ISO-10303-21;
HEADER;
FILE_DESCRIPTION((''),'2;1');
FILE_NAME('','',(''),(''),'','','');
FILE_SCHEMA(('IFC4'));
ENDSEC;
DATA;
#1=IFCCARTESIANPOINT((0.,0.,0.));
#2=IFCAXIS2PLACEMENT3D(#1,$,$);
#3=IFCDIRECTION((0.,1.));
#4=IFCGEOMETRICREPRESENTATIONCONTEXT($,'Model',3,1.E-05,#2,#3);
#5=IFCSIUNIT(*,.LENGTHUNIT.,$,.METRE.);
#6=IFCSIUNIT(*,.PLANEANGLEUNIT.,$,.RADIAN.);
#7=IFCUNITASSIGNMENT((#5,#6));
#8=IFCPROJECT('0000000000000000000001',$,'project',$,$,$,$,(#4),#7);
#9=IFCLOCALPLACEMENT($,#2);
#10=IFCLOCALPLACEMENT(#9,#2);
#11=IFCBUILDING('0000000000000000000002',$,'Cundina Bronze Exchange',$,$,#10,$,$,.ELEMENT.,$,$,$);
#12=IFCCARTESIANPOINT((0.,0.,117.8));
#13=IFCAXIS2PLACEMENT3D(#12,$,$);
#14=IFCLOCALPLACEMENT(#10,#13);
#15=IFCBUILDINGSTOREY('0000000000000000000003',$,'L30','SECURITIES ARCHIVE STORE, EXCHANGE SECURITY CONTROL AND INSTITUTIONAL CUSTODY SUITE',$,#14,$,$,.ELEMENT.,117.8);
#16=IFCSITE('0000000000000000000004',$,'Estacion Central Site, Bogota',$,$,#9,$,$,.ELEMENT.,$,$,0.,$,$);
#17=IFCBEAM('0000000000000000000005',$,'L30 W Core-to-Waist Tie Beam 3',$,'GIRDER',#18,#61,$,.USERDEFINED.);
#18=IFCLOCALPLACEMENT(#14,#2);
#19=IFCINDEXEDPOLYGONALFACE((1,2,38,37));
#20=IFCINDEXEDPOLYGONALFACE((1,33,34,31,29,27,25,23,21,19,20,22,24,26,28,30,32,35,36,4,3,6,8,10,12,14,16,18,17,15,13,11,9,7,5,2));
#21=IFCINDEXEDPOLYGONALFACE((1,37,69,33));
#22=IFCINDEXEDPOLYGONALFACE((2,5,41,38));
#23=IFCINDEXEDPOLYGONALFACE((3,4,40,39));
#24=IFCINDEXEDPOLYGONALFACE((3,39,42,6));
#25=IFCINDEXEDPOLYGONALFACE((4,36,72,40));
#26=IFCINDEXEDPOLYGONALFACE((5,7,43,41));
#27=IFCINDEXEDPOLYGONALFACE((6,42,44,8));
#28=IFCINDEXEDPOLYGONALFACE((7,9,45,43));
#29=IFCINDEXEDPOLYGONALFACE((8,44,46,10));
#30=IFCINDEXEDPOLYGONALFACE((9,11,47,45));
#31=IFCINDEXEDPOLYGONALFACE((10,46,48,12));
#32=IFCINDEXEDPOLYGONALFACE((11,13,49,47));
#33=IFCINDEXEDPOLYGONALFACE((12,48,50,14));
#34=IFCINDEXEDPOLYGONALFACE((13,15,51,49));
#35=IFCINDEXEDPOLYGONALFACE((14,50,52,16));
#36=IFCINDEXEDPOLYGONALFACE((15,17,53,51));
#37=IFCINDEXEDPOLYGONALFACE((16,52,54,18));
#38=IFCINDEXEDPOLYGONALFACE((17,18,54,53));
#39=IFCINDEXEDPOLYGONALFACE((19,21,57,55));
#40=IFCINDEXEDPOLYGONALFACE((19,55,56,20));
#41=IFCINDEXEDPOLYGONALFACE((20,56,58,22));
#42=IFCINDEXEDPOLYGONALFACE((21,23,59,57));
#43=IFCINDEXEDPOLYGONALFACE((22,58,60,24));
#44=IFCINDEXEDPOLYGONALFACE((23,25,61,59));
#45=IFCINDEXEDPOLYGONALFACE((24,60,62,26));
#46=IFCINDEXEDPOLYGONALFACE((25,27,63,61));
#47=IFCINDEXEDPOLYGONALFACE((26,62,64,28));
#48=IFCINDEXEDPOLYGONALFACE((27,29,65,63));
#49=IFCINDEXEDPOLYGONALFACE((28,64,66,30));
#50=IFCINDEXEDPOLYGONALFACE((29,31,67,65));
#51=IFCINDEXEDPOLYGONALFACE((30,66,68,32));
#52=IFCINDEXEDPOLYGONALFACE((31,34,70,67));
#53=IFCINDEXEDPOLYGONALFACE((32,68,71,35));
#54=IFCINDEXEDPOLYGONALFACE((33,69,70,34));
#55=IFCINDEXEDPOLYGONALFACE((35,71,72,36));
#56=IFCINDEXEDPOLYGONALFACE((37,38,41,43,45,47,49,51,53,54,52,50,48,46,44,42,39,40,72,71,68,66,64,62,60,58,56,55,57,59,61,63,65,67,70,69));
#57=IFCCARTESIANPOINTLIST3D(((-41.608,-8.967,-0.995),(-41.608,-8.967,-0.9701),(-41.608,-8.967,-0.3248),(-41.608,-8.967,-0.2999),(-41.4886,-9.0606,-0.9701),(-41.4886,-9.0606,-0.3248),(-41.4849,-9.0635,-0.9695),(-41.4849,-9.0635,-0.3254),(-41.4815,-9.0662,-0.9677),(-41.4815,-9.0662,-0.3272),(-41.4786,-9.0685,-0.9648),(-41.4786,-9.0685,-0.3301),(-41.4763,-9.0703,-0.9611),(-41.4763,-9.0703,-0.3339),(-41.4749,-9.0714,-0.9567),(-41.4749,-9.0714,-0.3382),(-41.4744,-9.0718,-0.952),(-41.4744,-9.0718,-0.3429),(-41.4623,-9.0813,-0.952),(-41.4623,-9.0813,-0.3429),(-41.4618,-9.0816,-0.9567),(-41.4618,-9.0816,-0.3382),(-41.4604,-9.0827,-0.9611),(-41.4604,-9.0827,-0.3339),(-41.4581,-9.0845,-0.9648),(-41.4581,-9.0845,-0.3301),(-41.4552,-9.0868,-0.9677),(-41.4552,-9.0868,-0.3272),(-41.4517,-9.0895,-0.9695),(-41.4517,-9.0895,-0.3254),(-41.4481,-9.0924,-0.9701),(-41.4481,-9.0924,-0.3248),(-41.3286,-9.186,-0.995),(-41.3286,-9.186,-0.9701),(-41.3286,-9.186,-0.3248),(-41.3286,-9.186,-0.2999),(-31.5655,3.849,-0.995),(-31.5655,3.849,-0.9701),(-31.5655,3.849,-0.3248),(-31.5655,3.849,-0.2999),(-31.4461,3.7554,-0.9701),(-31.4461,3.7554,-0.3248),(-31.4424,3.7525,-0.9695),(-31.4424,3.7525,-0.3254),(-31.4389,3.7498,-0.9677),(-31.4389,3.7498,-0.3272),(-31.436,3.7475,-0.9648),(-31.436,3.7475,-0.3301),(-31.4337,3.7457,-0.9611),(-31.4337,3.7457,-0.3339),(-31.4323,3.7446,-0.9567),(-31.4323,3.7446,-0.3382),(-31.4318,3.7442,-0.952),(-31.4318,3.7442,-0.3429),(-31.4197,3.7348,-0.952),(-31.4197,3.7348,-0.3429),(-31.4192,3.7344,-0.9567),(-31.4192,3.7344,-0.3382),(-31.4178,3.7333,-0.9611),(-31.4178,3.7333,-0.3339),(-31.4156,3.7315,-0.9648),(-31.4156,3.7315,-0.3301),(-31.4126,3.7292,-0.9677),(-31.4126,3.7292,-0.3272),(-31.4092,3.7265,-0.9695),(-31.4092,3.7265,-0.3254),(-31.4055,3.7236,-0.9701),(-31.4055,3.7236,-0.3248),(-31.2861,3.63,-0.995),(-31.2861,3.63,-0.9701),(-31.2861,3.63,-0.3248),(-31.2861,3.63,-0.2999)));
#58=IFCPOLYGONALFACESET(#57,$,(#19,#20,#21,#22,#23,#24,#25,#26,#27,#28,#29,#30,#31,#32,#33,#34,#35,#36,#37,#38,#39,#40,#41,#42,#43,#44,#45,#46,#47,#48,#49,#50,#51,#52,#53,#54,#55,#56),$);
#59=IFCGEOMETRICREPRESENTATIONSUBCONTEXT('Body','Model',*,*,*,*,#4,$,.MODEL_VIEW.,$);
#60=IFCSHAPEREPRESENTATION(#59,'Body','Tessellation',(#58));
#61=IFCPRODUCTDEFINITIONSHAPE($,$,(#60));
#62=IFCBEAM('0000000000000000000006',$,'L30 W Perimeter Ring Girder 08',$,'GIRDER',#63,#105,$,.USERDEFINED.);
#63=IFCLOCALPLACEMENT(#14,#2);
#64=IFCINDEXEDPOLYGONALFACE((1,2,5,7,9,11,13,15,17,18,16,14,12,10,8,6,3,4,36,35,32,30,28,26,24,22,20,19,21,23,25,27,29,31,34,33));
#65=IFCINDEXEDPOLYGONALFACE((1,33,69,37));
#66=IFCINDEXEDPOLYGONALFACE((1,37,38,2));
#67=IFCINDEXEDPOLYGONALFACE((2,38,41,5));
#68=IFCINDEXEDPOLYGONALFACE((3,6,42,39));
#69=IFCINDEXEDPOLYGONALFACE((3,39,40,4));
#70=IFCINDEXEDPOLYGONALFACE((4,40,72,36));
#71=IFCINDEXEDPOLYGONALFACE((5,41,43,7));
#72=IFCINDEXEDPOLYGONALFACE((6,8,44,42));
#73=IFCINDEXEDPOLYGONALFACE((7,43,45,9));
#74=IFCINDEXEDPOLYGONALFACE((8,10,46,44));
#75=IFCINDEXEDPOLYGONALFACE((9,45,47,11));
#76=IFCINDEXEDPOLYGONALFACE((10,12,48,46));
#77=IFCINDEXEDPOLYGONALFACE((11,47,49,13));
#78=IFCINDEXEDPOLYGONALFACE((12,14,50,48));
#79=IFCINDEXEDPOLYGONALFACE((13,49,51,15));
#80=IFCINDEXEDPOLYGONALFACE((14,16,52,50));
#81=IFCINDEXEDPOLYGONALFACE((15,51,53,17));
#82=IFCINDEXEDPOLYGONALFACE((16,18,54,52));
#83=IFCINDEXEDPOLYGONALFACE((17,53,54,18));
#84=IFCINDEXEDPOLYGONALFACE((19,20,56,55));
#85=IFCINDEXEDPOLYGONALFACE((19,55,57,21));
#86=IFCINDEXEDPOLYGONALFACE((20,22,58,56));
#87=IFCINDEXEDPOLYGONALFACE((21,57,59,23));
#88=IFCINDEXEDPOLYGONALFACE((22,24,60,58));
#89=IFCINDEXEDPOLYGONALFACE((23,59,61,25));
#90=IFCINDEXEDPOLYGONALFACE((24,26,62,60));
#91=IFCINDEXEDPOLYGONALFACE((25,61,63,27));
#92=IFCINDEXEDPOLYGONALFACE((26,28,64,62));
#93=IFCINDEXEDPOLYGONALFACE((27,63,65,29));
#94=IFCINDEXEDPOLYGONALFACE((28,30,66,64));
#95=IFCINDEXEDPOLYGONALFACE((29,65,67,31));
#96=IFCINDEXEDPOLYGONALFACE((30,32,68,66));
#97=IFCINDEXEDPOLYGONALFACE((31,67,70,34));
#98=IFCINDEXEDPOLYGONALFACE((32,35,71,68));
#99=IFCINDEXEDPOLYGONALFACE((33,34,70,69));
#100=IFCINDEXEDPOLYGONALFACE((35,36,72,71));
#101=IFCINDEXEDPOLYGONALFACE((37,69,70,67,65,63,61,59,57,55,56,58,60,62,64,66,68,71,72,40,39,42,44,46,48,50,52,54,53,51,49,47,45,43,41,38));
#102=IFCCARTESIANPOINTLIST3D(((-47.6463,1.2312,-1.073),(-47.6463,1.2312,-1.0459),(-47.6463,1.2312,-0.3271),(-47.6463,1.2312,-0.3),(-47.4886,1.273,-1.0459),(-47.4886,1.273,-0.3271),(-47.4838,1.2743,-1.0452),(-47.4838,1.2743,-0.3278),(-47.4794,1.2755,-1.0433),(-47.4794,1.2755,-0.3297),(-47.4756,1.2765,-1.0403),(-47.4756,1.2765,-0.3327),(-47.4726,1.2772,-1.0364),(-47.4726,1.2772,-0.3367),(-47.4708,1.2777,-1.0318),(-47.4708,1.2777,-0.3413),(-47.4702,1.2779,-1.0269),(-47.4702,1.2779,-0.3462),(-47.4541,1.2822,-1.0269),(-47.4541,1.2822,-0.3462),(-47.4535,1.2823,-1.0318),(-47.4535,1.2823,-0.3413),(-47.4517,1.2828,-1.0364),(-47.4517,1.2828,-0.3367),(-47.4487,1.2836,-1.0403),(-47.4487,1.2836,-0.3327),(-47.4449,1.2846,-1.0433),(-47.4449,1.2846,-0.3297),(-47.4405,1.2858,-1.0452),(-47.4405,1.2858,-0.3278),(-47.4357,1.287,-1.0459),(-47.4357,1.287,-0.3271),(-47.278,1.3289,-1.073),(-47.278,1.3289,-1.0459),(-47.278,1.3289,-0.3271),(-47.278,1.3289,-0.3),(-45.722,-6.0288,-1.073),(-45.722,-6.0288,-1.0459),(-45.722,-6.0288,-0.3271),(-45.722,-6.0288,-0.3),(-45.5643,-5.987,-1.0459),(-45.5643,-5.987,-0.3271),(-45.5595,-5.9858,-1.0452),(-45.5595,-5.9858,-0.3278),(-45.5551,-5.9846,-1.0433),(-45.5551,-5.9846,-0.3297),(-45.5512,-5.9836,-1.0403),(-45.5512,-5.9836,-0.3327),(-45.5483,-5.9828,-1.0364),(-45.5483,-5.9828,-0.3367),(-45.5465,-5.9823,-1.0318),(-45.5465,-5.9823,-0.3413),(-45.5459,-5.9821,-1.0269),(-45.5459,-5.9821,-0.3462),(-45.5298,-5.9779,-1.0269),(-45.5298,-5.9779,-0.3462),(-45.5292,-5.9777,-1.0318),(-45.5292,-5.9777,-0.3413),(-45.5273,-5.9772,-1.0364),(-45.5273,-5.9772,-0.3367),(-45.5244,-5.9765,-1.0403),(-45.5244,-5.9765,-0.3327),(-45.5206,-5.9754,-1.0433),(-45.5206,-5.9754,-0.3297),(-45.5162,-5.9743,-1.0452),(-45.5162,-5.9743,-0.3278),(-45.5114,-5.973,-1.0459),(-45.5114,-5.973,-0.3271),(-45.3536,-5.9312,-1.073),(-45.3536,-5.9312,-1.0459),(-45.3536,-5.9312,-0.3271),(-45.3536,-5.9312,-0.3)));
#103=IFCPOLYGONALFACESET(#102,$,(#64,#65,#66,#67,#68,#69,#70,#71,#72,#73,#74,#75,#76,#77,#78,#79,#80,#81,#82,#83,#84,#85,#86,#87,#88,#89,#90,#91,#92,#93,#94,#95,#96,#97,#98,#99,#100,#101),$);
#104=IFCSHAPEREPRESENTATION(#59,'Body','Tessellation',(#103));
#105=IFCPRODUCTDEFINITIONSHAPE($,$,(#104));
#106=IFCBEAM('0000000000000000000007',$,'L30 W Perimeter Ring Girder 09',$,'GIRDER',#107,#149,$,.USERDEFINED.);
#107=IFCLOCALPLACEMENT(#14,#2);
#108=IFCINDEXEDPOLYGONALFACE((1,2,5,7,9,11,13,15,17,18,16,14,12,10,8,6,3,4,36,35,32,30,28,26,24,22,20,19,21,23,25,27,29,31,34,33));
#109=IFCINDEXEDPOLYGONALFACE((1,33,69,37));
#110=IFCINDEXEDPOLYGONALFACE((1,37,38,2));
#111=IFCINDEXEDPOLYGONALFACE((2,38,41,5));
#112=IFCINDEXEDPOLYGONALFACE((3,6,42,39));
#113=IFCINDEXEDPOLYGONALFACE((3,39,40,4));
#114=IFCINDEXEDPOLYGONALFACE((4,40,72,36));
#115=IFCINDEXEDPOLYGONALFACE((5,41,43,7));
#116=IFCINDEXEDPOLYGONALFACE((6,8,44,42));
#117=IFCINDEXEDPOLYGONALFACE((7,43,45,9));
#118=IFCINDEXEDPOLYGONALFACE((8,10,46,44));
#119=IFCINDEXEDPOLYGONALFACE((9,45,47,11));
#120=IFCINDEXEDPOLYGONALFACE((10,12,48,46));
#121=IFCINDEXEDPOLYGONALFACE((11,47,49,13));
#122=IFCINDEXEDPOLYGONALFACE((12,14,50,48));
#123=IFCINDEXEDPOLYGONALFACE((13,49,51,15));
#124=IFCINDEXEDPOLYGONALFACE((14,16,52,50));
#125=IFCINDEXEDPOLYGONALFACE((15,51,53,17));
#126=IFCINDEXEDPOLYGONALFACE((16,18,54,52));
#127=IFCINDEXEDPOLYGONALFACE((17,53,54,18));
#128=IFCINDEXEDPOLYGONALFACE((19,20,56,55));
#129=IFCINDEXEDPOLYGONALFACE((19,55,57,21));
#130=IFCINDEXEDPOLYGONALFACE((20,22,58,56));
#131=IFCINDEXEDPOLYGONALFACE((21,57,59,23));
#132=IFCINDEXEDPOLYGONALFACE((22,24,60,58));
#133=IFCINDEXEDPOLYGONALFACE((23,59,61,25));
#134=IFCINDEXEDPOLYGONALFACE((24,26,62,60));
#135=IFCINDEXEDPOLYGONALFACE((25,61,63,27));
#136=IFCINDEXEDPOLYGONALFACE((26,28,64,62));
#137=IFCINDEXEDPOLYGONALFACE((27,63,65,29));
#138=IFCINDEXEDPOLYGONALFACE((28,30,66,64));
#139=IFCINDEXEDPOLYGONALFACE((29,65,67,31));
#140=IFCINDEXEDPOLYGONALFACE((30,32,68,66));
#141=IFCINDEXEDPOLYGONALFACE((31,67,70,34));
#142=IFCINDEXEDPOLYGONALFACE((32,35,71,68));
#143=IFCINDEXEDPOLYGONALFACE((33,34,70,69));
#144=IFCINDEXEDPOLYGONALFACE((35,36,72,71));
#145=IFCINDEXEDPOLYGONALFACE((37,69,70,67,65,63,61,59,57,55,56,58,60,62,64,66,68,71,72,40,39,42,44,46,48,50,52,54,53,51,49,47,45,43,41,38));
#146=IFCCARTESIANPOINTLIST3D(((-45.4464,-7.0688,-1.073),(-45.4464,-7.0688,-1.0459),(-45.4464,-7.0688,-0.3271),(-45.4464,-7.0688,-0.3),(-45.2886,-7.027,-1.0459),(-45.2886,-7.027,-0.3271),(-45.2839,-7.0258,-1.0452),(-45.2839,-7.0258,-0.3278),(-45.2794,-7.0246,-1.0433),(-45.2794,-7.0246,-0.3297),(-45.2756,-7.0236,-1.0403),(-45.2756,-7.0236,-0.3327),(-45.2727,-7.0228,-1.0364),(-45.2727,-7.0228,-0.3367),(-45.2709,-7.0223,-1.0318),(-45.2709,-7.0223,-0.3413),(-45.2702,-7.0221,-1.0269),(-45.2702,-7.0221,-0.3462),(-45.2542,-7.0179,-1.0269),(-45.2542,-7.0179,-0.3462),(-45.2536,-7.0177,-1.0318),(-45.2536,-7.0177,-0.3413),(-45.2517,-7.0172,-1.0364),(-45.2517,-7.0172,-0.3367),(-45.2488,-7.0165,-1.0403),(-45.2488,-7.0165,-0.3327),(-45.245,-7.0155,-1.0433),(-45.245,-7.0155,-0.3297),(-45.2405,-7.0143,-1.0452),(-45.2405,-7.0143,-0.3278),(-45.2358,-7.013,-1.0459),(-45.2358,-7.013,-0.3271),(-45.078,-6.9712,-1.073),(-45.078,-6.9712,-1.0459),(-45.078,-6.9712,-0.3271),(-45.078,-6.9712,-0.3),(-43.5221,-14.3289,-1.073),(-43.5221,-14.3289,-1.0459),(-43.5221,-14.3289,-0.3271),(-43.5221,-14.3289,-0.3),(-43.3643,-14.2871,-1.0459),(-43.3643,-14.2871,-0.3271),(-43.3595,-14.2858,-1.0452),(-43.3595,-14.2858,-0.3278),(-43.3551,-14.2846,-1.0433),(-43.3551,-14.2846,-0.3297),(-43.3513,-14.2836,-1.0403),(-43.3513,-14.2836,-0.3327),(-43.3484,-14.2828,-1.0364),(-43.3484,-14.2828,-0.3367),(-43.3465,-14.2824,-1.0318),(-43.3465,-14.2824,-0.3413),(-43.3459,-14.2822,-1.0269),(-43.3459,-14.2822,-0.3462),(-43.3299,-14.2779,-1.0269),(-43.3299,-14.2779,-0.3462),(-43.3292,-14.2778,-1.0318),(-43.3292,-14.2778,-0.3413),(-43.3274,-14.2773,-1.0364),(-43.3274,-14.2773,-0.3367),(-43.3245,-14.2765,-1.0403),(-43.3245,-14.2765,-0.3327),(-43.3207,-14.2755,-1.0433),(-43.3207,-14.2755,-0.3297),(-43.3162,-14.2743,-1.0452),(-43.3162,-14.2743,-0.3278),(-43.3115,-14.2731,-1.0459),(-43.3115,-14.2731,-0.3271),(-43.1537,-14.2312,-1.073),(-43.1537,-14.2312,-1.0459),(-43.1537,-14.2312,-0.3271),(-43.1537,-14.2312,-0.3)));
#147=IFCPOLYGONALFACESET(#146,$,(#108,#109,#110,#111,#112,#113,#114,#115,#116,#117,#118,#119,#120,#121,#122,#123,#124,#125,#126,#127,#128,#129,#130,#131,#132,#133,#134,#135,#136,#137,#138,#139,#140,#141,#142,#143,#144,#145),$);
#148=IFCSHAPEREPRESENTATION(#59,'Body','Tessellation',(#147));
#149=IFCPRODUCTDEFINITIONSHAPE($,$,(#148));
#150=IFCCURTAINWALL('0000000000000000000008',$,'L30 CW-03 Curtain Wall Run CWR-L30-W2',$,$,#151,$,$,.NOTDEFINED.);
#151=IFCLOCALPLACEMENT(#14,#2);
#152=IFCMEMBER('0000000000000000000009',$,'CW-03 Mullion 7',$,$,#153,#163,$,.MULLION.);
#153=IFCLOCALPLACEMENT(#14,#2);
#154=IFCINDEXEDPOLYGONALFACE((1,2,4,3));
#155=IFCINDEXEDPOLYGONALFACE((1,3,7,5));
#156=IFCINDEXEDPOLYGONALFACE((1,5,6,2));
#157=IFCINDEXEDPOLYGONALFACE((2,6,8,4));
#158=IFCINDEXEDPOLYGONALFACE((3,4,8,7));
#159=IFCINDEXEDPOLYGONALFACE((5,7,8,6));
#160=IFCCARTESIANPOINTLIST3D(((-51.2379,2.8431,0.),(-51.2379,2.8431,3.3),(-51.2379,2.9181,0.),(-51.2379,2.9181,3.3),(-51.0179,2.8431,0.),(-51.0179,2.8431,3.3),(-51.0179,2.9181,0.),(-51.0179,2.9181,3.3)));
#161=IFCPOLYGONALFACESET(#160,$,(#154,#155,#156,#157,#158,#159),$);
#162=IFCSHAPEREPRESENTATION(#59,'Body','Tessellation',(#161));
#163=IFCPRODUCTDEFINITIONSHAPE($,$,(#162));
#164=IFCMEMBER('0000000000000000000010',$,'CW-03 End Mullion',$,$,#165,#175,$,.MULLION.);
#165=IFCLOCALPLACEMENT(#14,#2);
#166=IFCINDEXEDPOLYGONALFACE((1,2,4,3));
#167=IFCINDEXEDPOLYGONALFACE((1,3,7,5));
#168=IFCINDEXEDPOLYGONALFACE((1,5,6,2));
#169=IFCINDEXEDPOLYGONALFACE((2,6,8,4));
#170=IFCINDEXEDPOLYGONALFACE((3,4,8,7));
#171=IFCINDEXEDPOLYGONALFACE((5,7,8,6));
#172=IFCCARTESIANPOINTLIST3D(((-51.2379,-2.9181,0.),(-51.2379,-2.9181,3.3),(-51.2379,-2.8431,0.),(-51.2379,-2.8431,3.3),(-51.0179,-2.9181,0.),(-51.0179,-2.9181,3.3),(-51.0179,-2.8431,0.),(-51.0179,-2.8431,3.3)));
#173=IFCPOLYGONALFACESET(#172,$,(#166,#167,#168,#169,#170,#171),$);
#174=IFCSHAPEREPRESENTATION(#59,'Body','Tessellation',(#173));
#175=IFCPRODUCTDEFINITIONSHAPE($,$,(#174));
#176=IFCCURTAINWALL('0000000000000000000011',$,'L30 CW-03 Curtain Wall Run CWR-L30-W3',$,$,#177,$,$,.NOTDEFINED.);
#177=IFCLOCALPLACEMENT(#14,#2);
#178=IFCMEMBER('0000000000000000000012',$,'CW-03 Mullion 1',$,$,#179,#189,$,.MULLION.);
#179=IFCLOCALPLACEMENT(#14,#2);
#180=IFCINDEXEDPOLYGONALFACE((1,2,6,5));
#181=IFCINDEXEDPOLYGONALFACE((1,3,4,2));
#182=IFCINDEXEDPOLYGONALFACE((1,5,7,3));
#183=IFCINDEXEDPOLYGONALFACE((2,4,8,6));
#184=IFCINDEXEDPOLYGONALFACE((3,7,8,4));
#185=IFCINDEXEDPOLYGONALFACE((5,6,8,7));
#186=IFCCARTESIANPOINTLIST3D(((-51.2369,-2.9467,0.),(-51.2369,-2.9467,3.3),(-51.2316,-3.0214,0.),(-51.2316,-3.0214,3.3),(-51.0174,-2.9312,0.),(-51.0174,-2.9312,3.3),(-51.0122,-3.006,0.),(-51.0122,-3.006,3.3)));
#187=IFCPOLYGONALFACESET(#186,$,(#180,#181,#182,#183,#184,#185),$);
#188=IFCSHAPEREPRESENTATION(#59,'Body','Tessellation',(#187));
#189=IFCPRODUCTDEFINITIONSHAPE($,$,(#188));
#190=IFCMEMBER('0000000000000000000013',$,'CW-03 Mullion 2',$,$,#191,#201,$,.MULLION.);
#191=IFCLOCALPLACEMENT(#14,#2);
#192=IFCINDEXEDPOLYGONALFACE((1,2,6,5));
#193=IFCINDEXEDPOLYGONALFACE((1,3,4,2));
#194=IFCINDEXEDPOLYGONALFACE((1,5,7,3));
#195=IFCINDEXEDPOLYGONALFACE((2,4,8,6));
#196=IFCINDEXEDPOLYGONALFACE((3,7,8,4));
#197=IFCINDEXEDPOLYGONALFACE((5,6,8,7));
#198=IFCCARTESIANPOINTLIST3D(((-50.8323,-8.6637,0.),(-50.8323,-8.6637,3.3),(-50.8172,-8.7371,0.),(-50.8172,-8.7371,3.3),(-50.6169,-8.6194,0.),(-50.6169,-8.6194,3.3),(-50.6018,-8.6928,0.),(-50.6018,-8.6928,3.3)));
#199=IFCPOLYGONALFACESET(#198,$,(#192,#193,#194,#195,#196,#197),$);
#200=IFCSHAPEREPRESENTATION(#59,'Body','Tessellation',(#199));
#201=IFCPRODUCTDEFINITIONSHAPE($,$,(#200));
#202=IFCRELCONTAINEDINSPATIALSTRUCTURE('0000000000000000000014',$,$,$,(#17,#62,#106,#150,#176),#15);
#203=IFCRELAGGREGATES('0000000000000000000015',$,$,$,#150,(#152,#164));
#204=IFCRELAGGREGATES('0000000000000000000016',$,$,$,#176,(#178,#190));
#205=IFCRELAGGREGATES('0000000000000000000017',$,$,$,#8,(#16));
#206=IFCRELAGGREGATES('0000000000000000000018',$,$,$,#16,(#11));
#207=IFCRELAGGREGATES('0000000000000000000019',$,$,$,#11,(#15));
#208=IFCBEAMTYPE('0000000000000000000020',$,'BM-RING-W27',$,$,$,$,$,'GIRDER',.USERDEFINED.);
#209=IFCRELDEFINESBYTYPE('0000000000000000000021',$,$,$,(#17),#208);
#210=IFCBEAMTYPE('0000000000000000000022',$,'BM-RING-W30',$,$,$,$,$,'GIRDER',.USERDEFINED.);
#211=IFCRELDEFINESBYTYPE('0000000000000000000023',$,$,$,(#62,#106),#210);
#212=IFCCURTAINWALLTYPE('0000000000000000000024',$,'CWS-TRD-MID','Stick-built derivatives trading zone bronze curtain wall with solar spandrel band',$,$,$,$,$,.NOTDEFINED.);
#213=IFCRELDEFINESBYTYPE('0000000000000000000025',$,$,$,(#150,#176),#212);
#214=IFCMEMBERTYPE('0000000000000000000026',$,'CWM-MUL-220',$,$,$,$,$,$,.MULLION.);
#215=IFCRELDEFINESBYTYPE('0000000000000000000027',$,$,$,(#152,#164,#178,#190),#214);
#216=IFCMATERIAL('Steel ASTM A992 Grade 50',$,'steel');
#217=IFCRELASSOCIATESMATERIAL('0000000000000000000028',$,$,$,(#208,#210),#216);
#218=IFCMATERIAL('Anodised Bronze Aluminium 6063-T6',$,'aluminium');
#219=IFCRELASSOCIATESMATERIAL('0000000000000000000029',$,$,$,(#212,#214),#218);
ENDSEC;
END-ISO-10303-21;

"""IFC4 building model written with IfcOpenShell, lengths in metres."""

from ifc_helpers import new_model, si_unit, direction, frame, origin, origin_2d, place, context, subcontext, project, spatial, rectangle, i_section, extrude, material, material_profile, profile_set, type_object, element, aggregate, save


model = new_model("IFC4")

# Units and contexts
model_context = context("Model", 3, precision=1e-05, world=origin(), true_north=direction((0.0, 1.0)))
body_context = subcontext(model_context, "Body", "Model", "MODEL_VIEW")
ifc_project = project(units=[si_unit("LENGTHUNIT", "METRE"), si_unit("PLANEANGLEUNIT", "RADIAN")], contexts=[model_context])

# Site, building, storey
site_placement = place(None, origin())
site = spatial("IfcSite", under=ifc_project, at=site_placement, Name="Estacion Central Site, Bogota", CompositionType="ELEMENT", RefElevation=0.0)
building_placement = place(site_placement, origin())
building = spatial("IfcBuilding", under=site, at=building_placement, Name="Cundina Bronze Exchange", CompositionType="ELEMENT")
storey_placement = place(building_placement, frame((0.0, 0.0, 117.8)))
storey = spatial("IfcBuildingStorey", under=building, at=storey_placement, Name="L30", Description="SECURITIES ARCHIVE STORE, EXCHANGE SECURITY CONTROL AND INSTITUTIONAL CUSTODY SUITE", CompositionType="ELEMENT", Elevation=117.8)

# Shared definitions
ifc_material_1 = material(Name="Steel ASTM A992 Grade 50", Category="steel")

# Beams
ifc_material_profile_1 = material_profile(ifc_material_1, i_section(OverallWidth=0.355, OverallDepth=0.6951, WebThickness=0.0154, FlangeThickness=0.0249, FilletRadius=0.0181, at=origin_2d()), Name="W27X146", Category="steel")
ifc_profile_set_1 = profile_set([ifc_material_profile_1], Name="Steel ASTM A992 Grade 50")
beam_type_1 = type_object("IfcBeamType", Name="BM-RING-W27", ElementType="GIRDER", PredefinedType="USERDEFINED", material=ifc_profile_set_1)
beam_1_placement = place(storey_placement, frame((-31.4258, 3.7395, -0.6475), z_axis=(-0.616789, -0.787128, 0.0), x_axis=(0.787128, -0.616789, 0.0)))
element("IfcBeam", 1, at=beam_1_placement, inside=storey, type_object=beam_type_1, Name="L30 W Core-to-Waist Tie Beam 3", ObjectType="GIRDER", PredefinedType="USERDEFINED", context=body_context, shape_type="SweptSolid", body=[
    extrude(i_section(OverallWidth=0.355, OverallDepth=0.6951, WebThickness=0.0154, FlangeThickness=0.0249, FilletRadius=0.0181, at=origin_2d()), origin(), (0.0, 0.0, 1.0), 16.282),
])
ifc_material_profile_2 = material_profile(ifc_material_1, i_section(OverallWidth=0.3811, OverallDepth=0.7729, WebThickness=0.0166, FlangeThickness=0.0271, FilletRadius=0.019, at=origin_2d()), Name="W30X173", Category="steel")
ifc_profile_set_2 = profile_set([ifc_material_profile_2], Name="Steel ASTM A992 Grade 50")
beam_type_2 = type_object("IfcBeamType", Name="BM-RING-W30", ElementType="GIRDER", PredefinedType="USERDEFINED", material=ifc_profile_set_2)
for number, where, z_axis, x_axis, name in (
    (2, (-47.4622, 1.28, -0.6865), (0.25621, -0.966621, 0.0), (0.966621, 0.25621, 0.0), "L30 W Perimeter Ring Girder 08"),
    (3, (-45.2622, -7.02, -0.6865), (0.25621, -0.966621, 0.0), (0.966621, 0.25621, 0.0), "L30 W Perimeter Ring Girder 09"),
):
    element("IfcBeam", number, at=place(storey_placement, frame(where, z_axis=z_axis, x_axis=x_axis)), inside=storey, type_object=beam_type_2, Name=name, ObjectType="GIRDER", PredefinedType="USERDEFINED", context=body_context, shape_type="SweptSolid", body=[
        extrude(i_section(OverallWidth=0.3811, OverallDepth=0.7729, WebThickness=0.0166, FlangeThickness=0.0271, FilletRadius=0.019, at=origin_2d()), origin(), (0.0, 0.0, 1.0), 7.5107),
    ])

# Curtain walls, members
ifc_material_2 = material(Name="Anodised Bronze Aluminium 6063-T6", Category="aluminium")
curtain_wall_type = type_object("IfcCurtainWallType", Name="CWS-TRD-MID", Description="Stick-built derivatives trading zone bronze curtain wall with solar spandrel band", PredefinedType="NOTDEFINED", material=ifc_material_2)
curtain_wall_1_placement = place(storey_placement, origin())
curtain_wall_1 = element("IfcCurtainWall", 4, at=curtain_wall_1_placement, inside=storey, type_object=curtain_wall_type, Name="L30 CW-03 Curtain Wall Run CWR-L30-W2", PredefinedType="NOTDEFINED")
ifc_material_profile_3 = material_profile(ifc_material_2, rectangle(XDim=0.075, YDim=0.22, at=origin_2d()), Name="AL75X220", Category="aluminium")
ifc_profile_set_3 = profile_set([ifc_material_profile_3], Name="Anodised Bronze Aluminium 6063-T6")
member_type_1 = type_object("IfcMemberType", Name="CWM-MUL-220", PredefinedType="MULLION", material=ifc_profile_set_3)
member_1_placement = place(storey_placement, frame((-51.1279, 2.8806, 0.0), z_axis=(0.0, 0.0, 1.0), x_axis=(0.0, -1.0, 0.0)))
member_1 = element("IfcMember", 5, at=member_1_placement, type_object=member_type_1, Name="CW-03 Mullion 7", PredefinedType="MULLION", context=body_context, shape_type="SweptSolid", body=[
    extrude(rectangle(XDim=0.075, YDim=0.22, at=origin_2d()), origin(), (0.0, 0.0, 1.0), 3.3),
])
member_2_placement = place(storey_placement, frame((-51.1279, -2.8806, 0.0), z_axis=(0.0, 0.0, 1.0), x_axis=(0.0, -1.0, 0.0)))
member_2 = element("IfcMember", 6, at=member_2_placement, type_object=member_type_1, Name="CW-03 End Mullion", PredefinedType="MULLION", context=body_context, shape_type="SweptSolid", body=[
    extrude(rectangle(XDim=0.075, YDim=0.22, at=origin_2d()), origin(), (0.0, 0.0, 1.0), 3.3),
])
curtain_wall_2_placement = place(storey_placement, origin())
curtain_wall_2 = element("IfcCurtainWall", 7, at=curtain_wall_2_placement, inside=storey, type_object=curtain_wall_type, Name="L30 CW-03 Curtain Wall Run CWR-L30-W3", PredefinedType="NOTDEFINED")
member_3_placement = place(storey_placement, frame((-51.1245, -2.9763, 0.0), z_axis=(0.0, 0.0, 1.0), x_axis=(0.070279, -0.997527, 0.0)))
member_3 = element("IfcMember", 8, at=member_3_placement, type_object=member_type_1, Name="CW-03 Mullion 1", PredefinedType="MULLION", context=body_context, shape_type="SweptSolid", body=[
    extrude(rectangle(XDim=0.075, YDim=0.22, at=origin_2d()), origin(), (0.0, 0.0, 1.0), 3.3),
])
member_4_placement = place(storey_placement, frame((-50.717, -8.6782, 0.0), z_axis=(0.0, 0.0, 1.0), x_axis=(0.20142, -0.979505, 0.0)))
member_4 = element("IfcMember", 9, at=member_4_placement, type_object=member_type_1, Name="CW-03 Mullion 2", PredefinedType="MULLION", context=body_context, shape_type="SweptSolid", body=[
    extrude(rectangle(XDim=0.075, YDim=0.22, at=origin_2d()), origin(), (0.0, 0.0, 1.0), 3.3),
])

aggregate(curtain_wall_1, [member_1, member_2])
aggregate(curtain_wall_2, [member_3, member_4])

save(model, "model.ifc")
